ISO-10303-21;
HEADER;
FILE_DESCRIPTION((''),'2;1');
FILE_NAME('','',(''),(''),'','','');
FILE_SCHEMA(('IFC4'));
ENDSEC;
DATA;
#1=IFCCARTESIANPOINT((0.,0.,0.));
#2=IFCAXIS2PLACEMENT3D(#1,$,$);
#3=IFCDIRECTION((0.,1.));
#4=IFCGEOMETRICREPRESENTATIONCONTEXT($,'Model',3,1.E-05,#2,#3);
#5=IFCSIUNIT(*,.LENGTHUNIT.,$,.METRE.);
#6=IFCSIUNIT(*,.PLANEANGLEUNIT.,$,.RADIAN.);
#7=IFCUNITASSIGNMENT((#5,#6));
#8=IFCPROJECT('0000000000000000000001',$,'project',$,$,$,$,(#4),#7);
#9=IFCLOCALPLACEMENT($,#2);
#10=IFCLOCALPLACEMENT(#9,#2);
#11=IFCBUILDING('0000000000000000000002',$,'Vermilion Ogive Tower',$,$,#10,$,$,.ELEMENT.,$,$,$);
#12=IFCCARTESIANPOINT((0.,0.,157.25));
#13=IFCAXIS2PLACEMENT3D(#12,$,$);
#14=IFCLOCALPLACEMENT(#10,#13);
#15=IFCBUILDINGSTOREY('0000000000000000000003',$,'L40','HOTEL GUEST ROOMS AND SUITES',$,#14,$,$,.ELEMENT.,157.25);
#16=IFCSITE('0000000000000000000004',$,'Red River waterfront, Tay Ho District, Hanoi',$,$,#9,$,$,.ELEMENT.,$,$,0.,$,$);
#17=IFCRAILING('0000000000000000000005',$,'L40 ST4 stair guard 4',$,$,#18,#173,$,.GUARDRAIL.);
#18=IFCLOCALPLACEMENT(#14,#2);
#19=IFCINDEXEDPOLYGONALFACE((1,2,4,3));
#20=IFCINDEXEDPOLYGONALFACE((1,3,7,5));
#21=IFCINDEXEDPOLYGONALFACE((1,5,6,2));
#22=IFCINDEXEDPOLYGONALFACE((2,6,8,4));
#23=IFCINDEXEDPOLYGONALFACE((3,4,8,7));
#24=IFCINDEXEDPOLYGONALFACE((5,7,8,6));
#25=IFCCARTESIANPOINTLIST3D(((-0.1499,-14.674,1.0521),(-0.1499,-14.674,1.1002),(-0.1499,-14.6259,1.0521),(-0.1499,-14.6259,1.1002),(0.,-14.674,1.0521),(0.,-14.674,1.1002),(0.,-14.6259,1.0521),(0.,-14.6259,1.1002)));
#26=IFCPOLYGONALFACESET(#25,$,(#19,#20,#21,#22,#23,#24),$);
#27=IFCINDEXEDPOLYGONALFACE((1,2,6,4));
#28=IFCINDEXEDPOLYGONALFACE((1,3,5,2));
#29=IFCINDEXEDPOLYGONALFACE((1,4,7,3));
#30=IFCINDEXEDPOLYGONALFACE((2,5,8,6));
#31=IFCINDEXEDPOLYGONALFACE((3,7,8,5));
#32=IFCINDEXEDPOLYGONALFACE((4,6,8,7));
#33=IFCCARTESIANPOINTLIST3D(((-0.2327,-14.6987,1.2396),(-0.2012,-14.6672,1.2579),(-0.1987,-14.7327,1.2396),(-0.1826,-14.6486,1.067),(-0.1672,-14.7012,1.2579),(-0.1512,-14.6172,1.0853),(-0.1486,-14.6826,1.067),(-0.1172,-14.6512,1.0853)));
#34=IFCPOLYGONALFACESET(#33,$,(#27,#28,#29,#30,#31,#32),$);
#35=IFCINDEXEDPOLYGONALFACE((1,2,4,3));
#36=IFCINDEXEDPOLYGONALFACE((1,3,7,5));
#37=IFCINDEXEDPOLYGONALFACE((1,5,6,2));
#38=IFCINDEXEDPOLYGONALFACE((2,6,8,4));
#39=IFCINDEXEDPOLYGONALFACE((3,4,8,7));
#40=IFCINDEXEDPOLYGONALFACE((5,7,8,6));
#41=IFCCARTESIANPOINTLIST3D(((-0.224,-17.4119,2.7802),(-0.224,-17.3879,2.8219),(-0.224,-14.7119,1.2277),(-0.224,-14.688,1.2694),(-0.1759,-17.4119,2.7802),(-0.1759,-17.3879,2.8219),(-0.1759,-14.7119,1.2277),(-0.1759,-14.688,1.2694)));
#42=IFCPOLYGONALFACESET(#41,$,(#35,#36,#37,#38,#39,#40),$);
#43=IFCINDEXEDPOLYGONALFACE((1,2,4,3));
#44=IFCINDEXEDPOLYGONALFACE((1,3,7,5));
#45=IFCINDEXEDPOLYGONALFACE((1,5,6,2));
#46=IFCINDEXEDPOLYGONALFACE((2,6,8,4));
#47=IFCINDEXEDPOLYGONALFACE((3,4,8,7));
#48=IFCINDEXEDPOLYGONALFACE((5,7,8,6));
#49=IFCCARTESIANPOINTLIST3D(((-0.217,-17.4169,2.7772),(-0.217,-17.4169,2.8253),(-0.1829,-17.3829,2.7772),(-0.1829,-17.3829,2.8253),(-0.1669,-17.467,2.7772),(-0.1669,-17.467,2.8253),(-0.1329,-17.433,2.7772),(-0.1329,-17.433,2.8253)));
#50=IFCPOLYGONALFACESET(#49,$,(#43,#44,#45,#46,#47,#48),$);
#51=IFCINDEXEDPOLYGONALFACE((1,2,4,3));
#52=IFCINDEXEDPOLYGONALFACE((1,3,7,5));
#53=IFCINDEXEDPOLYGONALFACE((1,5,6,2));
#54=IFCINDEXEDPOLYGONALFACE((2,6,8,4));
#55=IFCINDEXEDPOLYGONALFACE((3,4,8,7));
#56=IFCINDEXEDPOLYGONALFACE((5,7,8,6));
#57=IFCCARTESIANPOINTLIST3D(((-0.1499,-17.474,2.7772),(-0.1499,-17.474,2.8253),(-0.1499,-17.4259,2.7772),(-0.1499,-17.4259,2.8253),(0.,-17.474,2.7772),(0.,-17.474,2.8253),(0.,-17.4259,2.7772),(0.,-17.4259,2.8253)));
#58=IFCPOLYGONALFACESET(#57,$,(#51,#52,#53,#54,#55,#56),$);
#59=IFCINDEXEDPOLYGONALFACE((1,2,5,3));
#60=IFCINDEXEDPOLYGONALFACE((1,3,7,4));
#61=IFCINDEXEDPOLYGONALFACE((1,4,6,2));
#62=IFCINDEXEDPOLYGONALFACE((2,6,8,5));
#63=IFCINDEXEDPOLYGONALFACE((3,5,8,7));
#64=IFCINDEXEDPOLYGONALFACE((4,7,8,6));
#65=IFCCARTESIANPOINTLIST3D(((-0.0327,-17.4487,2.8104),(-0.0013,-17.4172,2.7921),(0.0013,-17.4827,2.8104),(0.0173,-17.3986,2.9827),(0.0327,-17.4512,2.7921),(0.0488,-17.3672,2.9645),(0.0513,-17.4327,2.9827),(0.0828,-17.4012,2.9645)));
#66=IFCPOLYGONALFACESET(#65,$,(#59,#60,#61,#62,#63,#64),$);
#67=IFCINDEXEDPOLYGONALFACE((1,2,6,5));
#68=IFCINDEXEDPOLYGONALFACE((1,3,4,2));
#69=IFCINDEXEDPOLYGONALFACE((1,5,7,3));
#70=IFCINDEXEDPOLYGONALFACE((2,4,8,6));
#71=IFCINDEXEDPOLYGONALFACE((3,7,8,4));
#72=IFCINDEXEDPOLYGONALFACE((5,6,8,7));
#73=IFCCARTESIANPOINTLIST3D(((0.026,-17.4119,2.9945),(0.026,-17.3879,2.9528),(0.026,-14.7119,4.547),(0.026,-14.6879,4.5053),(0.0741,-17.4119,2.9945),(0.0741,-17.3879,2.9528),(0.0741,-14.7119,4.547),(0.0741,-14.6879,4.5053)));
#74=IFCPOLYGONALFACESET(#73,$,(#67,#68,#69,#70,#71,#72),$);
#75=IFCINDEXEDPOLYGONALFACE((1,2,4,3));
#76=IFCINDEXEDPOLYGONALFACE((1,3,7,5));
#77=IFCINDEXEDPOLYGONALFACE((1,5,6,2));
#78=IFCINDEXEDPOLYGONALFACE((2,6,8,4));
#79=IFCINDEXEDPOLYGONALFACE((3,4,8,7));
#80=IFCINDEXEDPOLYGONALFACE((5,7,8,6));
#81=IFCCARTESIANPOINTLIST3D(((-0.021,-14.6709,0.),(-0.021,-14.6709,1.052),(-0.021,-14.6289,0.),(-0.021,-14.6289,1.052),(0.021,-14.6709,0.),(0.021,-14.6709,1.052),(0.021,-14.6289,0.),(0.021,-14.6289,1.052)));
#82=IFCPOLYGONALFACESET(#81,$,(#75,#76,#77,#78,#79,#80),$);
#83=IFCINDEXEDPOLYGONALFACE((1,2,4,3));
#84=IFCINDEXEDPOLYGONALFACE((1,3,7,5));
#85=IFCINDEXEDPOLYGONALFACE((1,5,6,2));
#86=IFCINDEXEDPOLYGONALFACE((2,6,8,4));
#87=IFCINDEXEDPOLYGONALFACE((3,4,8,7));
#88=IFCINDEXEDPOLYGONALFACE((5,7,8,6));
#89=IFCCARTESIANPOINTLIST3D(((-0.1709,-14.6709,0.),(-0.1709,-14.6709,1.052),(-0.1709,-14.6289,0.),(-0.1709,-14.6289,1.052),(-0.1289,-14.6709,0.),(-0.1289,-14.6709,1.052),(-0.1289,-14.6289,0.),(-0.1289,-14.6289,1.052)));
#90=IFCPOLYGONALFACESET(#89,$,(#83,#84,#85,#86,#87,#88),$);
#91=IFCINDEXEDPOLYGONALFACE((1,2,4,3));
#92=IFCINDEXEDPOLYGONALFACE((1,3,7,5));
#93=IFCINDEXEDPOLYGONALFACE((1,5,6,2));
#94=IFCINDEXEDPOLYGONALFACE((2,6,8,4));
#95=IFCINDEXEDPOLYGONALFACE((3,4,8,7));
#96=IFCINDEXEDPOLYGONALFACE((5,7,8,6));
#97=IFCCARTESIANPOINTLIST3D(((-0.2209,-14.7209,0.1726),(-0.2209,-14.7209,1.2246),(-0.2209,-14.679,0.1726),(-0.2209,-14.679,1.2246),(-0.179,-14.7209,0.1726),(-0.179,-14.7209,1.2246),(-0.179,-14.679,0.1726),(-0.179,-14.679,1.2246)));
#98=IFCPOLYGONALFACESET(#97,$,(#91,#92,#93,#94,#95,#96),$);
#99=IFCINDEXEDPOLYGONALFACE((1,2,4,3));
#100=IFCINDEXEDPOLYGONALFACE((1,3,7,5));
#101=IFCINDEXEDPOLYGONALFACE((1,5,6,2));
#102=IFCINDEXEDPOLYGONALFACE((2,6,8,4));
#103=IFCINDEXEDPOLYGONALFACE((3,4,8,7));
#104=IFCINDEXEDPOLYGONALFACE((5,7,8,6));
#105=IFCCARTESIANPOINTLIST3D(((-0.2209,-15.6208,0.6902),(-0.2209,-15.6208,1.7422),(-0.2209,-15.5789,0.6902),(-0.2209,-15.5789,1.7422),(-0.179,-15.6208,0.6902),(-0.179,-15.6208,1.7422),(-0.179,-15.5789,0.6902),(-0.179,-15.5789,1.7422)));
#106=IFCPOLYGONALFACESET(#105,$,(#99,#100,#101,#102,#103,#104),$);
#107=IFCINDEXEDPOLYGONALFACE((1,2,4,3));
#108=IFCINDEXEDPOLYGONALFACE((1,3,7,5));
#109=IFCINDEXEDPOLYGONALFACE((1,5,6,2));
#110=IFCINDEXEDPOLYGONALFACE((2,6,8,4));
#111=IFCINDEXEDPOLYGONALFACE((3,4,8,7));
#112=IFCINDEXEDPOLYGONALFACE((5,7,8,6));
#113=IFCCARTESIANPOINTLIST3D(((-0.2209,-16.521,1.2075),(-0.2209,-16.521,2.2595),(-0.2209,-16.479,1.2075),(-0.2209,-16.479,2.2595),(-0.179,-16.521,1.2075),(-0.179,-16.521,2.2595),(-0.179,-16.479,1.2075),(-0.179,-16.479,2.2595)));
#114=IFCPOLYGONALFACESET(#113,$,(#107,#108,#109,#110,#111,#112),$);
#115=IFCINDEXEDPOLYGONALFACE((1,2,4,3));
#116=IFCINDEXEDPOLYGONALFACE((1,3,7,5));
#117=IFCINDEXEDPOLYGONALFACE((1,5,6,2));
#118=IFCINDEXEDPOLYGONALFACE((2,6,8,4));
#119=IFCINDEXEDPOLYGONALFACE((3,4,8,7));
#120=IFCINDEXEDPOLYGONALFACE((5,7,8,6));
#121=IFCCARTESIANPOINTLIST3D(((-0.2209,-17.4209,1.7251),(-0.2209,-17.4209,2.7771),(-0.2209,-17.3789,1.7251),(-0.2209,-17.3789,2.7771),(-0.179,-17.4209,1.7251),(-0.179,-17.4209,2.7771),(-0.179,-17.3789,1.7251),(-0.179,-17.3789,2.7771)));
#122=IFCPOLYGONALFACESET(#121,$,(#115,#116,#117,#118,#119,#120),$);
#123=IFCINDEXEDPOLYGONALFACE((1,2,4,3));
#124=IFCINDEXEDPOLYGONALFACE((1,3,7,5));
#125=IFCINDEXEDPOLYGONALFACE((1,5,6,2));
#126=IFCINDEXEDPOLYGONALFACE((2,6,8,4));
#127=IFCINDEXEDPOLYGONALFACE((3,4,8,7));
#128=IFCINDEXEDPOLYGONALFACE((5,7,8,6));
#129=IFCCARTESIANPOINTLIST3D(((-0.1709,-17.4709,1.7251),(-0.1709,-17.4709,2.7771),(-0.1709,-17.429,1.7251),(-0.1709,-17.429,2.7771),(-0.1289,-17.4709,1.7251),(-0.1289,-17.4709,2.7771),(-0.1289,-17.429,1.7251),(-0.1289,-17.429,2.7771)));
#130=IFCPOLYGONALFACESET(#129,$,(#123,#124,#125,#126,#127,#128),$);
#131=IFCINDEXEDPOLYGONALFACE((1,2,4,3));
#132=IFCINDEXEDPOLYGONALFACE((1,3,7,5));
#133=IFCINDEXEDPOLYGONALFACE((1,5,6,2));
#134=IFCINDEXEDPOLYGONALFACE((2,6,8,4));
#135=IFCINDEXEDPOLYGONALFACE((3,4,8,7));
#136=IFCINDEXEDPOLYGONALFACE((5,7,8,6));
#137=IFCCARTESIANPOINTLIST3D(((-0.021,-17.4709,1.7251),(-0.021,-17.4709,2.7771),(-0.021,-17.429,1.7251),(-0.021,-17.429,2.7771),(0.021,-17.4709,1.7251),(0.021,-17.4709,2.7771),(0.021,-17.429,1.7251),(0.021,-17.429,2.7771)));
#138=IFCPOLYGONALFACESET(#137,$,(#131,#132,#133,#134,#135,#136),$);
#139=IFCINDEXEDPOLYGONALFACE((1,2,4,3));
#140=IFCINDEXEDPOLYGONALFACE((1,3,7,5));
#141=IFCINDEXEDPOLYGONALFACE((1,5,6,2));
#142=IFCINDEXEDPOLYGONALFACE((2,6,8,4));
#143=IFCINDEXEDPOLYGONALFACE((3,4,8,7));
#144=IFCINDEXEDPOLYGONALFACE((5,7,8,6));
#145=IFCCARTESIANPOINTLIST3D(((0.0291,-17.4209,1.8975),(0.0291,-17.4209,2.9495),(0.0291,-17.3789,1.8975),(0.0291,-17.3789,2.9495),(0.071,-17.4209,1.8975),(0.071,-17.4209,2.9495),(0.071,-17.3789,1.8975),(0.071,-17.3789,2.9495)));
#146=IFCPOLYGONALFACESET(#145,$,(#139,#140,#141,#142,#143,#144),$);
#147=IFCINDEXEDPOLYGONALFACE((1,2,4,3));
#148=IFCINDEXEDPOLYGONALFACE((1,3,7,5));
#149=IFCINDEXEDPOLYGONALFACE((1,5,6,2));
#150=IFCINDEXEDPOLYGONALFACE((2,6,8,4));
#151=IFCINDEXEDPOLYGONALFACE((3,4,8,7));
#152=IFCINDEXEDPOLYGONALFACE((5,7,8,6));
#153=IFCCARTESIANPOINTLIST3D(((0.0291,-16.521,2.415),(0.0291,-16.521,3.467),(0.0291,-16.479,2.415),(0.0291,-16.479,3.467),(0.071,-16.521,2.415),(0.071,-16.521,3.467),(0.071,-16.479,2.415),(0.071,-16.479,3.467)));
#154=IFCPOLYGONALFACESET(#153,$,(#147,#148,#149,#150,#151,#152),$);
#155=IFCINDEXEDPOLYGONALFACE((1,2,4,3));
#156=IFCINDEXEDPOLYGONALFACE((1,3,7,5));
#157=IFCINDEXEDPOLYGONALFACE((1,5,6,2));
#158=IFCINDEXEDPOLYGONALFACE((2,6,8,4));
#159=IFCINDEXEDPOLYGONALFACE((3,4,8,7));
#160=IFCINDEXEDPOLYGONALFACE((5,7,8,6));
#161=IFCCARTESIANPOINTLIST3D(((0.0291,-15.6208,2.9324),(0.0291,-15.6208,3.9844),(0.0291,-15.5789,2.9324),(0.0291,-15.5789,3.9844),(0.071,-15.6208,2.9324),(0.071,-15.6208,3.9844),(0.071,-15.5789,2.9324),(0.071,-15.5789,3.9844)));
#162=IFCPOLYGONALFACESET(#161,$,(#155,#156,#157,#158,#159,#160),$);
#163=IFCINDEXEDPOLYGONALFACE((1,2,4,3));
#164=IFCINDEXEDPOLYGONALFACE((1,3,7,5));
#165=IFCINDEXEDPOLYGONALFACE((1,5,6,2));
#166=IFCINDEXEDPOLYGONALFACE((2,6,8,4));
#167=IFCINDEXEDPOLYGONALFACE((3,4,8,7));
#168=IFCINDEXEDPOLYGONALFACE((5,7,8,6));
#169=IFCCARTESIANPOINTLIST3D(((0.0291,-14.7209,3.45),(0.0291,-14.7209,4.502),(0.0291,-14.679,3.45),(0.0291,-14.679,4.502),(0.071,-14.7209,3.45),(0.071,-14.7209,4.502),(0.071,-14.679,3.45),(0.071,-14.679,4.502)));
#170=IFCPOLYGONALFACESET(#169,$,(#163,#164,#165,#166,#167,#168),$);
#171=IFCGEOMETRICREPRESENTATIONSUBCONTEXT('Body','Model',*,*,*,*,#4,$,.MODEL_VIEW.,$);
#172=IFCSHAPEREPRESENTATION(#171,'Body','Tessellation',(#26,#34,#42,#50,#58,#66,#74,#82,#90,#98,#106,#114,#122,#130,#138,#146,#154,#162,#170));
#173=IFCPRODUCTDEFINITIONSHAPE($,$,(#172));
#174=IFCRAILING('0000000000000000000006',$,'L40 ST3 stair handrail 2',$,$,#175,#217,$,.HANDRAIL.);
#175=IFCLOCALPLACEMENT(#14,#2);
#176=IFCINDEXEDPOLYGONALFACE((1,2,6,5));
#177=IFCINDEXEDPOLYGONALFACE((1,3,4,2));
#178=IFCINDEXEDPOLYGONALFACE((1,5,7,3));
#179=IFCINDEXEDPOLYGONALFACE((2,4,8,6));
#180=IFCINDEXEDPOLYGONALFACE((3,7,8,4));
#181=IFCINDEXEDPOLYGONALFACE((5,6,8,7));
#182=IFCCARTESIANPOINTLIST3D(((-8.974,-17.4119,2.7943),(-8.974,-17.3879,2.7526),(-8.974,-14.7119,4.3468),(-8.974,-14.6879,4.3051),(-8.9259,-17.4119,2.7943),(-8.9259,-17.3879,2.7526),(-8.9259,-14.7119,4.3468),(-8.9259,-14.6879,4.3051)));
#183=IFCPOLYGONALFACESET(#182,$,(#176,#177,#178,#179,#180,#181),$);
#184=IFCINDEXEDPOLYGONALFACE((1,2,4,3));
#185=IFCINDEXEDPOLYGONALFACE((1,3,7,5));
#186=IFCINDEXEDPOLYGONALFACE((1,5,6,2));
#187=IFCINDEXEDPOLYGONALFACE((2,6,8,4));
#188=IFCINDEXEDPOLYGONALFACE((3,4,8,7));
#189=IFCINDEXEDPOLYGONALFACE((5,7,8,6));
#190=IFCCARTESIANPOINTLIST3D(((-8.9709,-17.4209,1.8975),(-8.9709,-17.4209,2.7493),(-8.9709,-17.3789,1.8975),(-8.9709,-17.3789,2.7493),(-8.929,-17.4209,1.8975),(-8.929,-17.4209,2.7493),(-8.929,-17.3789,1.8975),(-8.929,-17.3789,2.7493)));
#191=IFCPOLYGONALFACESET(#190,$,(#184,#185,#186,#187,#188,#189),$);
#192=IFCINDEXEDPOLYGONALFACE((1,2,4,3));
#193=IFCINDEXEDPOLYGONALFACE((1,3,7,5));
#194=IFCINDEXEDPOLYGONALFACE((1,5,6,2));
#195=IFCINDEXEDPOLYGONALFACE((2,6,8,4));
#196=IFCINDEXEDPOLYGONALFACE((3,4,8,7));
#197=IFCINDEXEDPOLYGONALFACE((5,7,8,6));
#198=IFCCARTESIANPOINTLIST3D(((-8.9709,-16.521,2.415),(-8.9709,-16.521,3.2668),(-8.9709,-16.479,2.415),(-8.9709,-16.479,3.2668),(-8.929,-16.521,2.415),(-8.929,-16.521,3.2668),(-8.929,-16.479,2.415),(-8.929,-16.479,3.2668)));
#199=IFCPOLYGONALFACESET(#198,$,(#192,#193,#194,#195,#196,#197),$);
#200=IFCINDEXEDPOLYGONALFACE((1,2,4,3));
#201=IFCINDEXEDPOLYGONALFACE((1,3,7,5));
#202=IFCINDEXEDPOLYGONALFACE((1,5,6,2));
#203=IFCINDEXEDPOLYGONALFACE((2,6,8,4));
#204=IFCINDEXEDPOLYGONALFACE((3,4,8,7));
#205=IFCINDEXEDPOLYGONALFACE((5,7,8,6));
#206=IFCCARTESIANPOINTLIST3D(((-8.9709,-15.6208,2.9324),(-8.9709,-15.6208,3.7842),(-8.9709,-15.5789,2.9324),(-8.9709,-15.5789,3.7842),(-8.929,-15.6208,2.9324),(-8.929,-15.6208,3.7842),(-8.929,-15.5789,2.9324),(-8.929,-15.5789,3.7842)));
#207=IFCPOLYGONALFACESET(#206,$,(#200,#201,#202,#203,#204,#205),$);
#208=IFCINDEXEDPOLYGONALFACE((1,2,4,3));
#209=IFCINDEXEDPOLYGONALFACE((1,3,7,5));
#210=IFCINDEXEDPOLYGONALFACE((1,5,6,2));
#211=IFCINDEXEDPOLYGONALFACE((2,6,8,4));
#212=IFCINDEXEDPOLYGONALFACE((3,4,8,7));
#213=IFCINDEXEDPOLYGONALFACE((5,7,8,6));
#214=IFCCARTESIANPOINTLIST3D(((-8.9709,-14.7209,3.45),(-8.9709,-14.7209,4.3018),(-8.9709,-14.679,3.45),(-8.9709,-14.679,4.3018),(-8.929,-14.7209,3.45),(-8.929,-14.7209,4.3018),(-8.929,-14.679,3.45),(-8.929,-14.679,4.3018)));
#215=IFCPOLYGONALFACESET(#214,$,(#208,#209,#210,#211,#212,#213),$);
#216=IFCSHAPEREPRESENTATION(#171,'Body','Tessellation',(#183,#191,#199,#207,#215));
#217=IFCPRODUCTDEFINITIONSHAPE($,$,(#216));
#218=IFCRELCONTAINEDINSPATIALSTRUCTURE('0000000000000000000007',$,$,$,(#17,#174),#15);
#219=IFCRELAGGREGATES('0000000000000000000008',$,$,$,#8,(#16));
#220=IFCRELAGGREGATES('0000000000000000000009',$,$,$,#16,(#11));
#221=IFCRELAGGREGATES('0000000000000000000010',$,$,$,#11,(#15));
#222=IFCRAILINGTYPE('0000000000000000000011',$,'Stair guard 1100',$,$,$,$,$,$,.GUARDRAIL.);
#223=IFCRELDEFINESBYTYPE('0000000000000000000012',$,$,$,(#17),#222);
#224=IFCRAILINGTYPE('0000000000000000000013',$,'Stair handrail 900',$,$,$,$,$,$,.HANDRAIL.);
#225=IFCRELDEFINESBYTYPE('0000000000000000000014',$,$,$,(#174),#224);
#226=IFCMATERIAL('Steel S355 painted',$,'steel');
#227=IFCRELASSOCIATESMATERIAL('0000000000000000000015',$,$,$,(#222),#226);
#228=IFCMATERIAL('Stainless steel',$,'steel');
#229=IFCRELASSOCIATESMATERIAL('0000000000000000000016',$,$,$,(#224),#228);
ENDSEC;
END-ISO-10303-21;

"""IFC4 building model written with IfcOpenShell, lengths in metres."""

from ifc_helpers import new_model, si_unit, direction, frame, origin, origin_2d, place, context, subcontext, project, spatial, rectangle, extrude, material, type_object, element, save


model = new_model("IFC4")

# Units and contexts
model_context = context("Model", 3, precision=1e-05, world=origin(), true_north=direction((0.0, 1.0)))
body_context = subcontext(model_context, "Body", "Model", "MODEL_VIEW")
ifc_project = project(units=[si_unit("LENGTHUNIT", "METRE"), si_unit("PLANEANGLEUNIT", "RADIAN")], contexts=[model_context])

# Site, building, storey
site_placement = place(None, origin())
site = spatial("IfcSite", under=ifc_project, at=site_placement, Name="Red River waterfront, Tay Ho District, Hanoi", CompositionType="ELEMENT", RefElevation=0.0)
building_placement = place(site_placement, origin())
building = spatial("IfcBuilding", under=site, at=building_placement, Name="Vermilion Ogive Tower", CompositionType="ELEMENT")
storey_placement = place(building_placement, frame((0.0, 0.0, 157.25)))
storey = spatial("IfcBuildingStorey", under=building, at=storey_placement, Name="L40", Description="HOTEL GUEST ROOMS AND SUITES", CompositionType="ELEMENT", Elevation=157.25)

# Railings
ifc_material_1 = material(Name="Steel S355 painted", Category="steel")
railing_type_1 = type_object("IfcRailingType", Name="Stair guard 1100", PredefinedType="GUARDRAIL", material=ifc_material_1)
railing_1_placement = place(storey_placement, frame((0.0, -14.6499, 0.0)))
element("IfcRailing", 1, at=railing_1_placement, inside=storey, type_object=railing_type_1, Name="L40 ST4 stair guard 4", PredefinedType="GUARDRAIL", context=body_context, shape_type="SweptSolid", body=[
    extrude(rectangle(XDim=0.0481, YDim=0.0481, at=origin_2d()), frame((0.0, 0.0, 1.0762), z_axis=(-1.0, 0.0, 0.0), x_axis=(0.0, -1.0, 0.0)), (0.0, 0.0, 1.0), 0.1499),
    extrude(rectangle(XDim=0.0481, YDim=0.0481, at=origin_2d()), frame((-0.1499, 0.0, 1.0762), z_axis=(-0.268278, -0.268278, 0.925232), x_axis=(0.707107, -0.707107, 0.0)), (0.0, 0.0, 1.0), 0.1865),
    extrude(rectangle(XDim=0.0481, YDim=0.0481, at=origin_2d()), frame((-0.2, -0.05, 1.2485), z_axis=(0.0, -0.866904, 0.498476), x_axis=(1.0, 0.0, 0.0)), (0.0, 0.0, 1.0), 3.1145),
    extrude(rectangle(XDim=0.0481, YDim=0.0481, at=origin_2d()), frame((-0.2, -2.75, 2.8013), z_axis=(0.707107, -0.707107, 0.0), x_axis=(0.707107, 0.707107, 0.0)), (0.0, 0.0, 1.0), 0.0708),
    extrude(rectangle(XDim=0.0481, YDim=0.0481, at=origin_2d()), frame((-0.1499, -2.8, 2.8013), z_axis=(1.0, 0.0, 0.0), x_axis=(0.0, 1.0, 0.0)), (0.0, 0.0, 1.0), 0.1499),
    extrude(rectangle(XDim=0.0481, YDim=0.0481, at=origin_2d()), frame((0.0, -2.8, 2.8013), z_axis=(0.268603, 0.268603, 0.925043), x_axis=(-0.707107, 0.707107, 0.0)), (0.0, 0.0, 1.0), 0.1863),
    extrude(rectangle(XDim=0.0481, YDim=0.0481, at=origin_2d()), frame((0.05, -2.75, 2.9736), z_axis=(0.0, 0.866904, 0.498476), x_axis=(-1.0, 0.0, 0.0)), (0.0, 0.0, 1.0), 3.1145),
    extrude(rectangle(XDim=0.042, YDim=0.042, at=origin_2d()), origin(), (0.0, 0.0, 1.0), 1.052),
    extrude(rectangle(XDim=0.042, YDim=0.042, at=origin_2d()), frame((-0.1499, 0.0, 0.0)), (0.0, 0.0, 1.0), 1.052),
    extrude(rectangle(XDim=0.042, YDim=0.042, at=origin_2d()), frame((-0.2, -0.05, 0.1726)), (0.0, 0.0, 1.0), 1.052),
    extrude(rectangle(XDim=0.042, YDim=0.042, at=origin_2d()), frame((-0.2, -0.95, 0.6902)), (0.0, 0.0, 1.0), 1.052),
    extrude(rectangle(XDim=0.042, YDim=0.042, at=origin_2d()), frame((-0.2, -1.8501, 1.2075)), (0.0, 0.0, 1.0), 1.052),
    extrude(rectangle(XDim=0.042, YDim=0.042, at=origin_2d()), frame((-0.2, -2.75, 1.7251)), (0.0, 0.0, 1.0), 1.052),
    extrude(rectangle(XDim=0.042, YDim=0.042, at=origin_2d()), frame((-0.1499, -2.8, 1.7251)), (0.0, 0.0, 1.0), 1.052),
    extrude(rectangle(XDim=0.042, YDim=0.042, at=origin_2d()), frame((0.0, -2.8, 1.7251)), (0.0, 0.0, 1.0), 1.052),
    extrude(rectangle(XDim=0.042, YDim=0.042, at=origin_2d()), frame((0.05, -2.75, 1.8975)), (0.0, 0.0, 1.0), 1.052),
    extrude(rectangle(XDim=0.042, YDim=0.042, at=origin_2d()), frame((0.05, -1.8501, 2.415)), (0.0, 0.0, 1.0), 1.052),
    extrude(rectangle(XDim=0.042, YDim=0.042, at=origin_2d()), frame((0.05, -0.95, 2.9324)), (0.0, 0.0, 1.0), 1.052),
    extrude(rectangle(XDim=0.042, YDim=0.042, at=origin_2d()), frame((0.05, -0.05, 3.45)), (0.0, 0.0, 1.0), 1.052),
])
ifc_material_2 = material(Name="Stainless steel", Category="steel")
railing_type_2 = type_object("IfcRailingType", Name="Stair handrail 900", PredefinedType="HANDRAIL", material=ifc_material_2)
railing_2_placement = place(storey_placement, frame((-8.95, -17.3999, 1.8975)))
element("IfcRailing", 2, at=railing_2_placement, inside=storey, type_object=railing_type_2, Name="L40 ST3 stair handrail 2", PredefinedType="HANDRAIL", context=body_context, shape_type="SweptSolid", body=[
    extrude(rectangle(XDim=0.0481, YDim=0.0481, at=origin_2d()), frame((0.0, 0.0, 0.876), z_axis=(0.0, 0.866904, 0.498476), x_axis=(-1.0, 0.0, 0.0)), (0.0, 0.0, 1.0), 3.1145),
    extrude(rectangle(XDim=0.042, YDim=0.042, at=origin_2d()), origin(), (0.0, 0.0, 1.0), 0.8518),
    extrude(rectangle(XDim=0.042, YDim=0.042, at=origin_2d()), frame((0.0, 0.8999, 0.5176)), (0.0, 0.0, 1.0), 0.8518),
    extrude(rectangle(XDim=0.042, YDim=0.042, at=origin_2d()), frame((0.0, 1.8, 1.0349)), (0.0, 0.0, 1.0), 0.8518),
    extrude(rectangle(XDim=0.042, YDim=0.042, at=origin_2d()), frame((0.0, 2.7, 1.5525)), (0.0, 0.0, 1.0), 0.8518),
])

save(model, "model.ifc")
